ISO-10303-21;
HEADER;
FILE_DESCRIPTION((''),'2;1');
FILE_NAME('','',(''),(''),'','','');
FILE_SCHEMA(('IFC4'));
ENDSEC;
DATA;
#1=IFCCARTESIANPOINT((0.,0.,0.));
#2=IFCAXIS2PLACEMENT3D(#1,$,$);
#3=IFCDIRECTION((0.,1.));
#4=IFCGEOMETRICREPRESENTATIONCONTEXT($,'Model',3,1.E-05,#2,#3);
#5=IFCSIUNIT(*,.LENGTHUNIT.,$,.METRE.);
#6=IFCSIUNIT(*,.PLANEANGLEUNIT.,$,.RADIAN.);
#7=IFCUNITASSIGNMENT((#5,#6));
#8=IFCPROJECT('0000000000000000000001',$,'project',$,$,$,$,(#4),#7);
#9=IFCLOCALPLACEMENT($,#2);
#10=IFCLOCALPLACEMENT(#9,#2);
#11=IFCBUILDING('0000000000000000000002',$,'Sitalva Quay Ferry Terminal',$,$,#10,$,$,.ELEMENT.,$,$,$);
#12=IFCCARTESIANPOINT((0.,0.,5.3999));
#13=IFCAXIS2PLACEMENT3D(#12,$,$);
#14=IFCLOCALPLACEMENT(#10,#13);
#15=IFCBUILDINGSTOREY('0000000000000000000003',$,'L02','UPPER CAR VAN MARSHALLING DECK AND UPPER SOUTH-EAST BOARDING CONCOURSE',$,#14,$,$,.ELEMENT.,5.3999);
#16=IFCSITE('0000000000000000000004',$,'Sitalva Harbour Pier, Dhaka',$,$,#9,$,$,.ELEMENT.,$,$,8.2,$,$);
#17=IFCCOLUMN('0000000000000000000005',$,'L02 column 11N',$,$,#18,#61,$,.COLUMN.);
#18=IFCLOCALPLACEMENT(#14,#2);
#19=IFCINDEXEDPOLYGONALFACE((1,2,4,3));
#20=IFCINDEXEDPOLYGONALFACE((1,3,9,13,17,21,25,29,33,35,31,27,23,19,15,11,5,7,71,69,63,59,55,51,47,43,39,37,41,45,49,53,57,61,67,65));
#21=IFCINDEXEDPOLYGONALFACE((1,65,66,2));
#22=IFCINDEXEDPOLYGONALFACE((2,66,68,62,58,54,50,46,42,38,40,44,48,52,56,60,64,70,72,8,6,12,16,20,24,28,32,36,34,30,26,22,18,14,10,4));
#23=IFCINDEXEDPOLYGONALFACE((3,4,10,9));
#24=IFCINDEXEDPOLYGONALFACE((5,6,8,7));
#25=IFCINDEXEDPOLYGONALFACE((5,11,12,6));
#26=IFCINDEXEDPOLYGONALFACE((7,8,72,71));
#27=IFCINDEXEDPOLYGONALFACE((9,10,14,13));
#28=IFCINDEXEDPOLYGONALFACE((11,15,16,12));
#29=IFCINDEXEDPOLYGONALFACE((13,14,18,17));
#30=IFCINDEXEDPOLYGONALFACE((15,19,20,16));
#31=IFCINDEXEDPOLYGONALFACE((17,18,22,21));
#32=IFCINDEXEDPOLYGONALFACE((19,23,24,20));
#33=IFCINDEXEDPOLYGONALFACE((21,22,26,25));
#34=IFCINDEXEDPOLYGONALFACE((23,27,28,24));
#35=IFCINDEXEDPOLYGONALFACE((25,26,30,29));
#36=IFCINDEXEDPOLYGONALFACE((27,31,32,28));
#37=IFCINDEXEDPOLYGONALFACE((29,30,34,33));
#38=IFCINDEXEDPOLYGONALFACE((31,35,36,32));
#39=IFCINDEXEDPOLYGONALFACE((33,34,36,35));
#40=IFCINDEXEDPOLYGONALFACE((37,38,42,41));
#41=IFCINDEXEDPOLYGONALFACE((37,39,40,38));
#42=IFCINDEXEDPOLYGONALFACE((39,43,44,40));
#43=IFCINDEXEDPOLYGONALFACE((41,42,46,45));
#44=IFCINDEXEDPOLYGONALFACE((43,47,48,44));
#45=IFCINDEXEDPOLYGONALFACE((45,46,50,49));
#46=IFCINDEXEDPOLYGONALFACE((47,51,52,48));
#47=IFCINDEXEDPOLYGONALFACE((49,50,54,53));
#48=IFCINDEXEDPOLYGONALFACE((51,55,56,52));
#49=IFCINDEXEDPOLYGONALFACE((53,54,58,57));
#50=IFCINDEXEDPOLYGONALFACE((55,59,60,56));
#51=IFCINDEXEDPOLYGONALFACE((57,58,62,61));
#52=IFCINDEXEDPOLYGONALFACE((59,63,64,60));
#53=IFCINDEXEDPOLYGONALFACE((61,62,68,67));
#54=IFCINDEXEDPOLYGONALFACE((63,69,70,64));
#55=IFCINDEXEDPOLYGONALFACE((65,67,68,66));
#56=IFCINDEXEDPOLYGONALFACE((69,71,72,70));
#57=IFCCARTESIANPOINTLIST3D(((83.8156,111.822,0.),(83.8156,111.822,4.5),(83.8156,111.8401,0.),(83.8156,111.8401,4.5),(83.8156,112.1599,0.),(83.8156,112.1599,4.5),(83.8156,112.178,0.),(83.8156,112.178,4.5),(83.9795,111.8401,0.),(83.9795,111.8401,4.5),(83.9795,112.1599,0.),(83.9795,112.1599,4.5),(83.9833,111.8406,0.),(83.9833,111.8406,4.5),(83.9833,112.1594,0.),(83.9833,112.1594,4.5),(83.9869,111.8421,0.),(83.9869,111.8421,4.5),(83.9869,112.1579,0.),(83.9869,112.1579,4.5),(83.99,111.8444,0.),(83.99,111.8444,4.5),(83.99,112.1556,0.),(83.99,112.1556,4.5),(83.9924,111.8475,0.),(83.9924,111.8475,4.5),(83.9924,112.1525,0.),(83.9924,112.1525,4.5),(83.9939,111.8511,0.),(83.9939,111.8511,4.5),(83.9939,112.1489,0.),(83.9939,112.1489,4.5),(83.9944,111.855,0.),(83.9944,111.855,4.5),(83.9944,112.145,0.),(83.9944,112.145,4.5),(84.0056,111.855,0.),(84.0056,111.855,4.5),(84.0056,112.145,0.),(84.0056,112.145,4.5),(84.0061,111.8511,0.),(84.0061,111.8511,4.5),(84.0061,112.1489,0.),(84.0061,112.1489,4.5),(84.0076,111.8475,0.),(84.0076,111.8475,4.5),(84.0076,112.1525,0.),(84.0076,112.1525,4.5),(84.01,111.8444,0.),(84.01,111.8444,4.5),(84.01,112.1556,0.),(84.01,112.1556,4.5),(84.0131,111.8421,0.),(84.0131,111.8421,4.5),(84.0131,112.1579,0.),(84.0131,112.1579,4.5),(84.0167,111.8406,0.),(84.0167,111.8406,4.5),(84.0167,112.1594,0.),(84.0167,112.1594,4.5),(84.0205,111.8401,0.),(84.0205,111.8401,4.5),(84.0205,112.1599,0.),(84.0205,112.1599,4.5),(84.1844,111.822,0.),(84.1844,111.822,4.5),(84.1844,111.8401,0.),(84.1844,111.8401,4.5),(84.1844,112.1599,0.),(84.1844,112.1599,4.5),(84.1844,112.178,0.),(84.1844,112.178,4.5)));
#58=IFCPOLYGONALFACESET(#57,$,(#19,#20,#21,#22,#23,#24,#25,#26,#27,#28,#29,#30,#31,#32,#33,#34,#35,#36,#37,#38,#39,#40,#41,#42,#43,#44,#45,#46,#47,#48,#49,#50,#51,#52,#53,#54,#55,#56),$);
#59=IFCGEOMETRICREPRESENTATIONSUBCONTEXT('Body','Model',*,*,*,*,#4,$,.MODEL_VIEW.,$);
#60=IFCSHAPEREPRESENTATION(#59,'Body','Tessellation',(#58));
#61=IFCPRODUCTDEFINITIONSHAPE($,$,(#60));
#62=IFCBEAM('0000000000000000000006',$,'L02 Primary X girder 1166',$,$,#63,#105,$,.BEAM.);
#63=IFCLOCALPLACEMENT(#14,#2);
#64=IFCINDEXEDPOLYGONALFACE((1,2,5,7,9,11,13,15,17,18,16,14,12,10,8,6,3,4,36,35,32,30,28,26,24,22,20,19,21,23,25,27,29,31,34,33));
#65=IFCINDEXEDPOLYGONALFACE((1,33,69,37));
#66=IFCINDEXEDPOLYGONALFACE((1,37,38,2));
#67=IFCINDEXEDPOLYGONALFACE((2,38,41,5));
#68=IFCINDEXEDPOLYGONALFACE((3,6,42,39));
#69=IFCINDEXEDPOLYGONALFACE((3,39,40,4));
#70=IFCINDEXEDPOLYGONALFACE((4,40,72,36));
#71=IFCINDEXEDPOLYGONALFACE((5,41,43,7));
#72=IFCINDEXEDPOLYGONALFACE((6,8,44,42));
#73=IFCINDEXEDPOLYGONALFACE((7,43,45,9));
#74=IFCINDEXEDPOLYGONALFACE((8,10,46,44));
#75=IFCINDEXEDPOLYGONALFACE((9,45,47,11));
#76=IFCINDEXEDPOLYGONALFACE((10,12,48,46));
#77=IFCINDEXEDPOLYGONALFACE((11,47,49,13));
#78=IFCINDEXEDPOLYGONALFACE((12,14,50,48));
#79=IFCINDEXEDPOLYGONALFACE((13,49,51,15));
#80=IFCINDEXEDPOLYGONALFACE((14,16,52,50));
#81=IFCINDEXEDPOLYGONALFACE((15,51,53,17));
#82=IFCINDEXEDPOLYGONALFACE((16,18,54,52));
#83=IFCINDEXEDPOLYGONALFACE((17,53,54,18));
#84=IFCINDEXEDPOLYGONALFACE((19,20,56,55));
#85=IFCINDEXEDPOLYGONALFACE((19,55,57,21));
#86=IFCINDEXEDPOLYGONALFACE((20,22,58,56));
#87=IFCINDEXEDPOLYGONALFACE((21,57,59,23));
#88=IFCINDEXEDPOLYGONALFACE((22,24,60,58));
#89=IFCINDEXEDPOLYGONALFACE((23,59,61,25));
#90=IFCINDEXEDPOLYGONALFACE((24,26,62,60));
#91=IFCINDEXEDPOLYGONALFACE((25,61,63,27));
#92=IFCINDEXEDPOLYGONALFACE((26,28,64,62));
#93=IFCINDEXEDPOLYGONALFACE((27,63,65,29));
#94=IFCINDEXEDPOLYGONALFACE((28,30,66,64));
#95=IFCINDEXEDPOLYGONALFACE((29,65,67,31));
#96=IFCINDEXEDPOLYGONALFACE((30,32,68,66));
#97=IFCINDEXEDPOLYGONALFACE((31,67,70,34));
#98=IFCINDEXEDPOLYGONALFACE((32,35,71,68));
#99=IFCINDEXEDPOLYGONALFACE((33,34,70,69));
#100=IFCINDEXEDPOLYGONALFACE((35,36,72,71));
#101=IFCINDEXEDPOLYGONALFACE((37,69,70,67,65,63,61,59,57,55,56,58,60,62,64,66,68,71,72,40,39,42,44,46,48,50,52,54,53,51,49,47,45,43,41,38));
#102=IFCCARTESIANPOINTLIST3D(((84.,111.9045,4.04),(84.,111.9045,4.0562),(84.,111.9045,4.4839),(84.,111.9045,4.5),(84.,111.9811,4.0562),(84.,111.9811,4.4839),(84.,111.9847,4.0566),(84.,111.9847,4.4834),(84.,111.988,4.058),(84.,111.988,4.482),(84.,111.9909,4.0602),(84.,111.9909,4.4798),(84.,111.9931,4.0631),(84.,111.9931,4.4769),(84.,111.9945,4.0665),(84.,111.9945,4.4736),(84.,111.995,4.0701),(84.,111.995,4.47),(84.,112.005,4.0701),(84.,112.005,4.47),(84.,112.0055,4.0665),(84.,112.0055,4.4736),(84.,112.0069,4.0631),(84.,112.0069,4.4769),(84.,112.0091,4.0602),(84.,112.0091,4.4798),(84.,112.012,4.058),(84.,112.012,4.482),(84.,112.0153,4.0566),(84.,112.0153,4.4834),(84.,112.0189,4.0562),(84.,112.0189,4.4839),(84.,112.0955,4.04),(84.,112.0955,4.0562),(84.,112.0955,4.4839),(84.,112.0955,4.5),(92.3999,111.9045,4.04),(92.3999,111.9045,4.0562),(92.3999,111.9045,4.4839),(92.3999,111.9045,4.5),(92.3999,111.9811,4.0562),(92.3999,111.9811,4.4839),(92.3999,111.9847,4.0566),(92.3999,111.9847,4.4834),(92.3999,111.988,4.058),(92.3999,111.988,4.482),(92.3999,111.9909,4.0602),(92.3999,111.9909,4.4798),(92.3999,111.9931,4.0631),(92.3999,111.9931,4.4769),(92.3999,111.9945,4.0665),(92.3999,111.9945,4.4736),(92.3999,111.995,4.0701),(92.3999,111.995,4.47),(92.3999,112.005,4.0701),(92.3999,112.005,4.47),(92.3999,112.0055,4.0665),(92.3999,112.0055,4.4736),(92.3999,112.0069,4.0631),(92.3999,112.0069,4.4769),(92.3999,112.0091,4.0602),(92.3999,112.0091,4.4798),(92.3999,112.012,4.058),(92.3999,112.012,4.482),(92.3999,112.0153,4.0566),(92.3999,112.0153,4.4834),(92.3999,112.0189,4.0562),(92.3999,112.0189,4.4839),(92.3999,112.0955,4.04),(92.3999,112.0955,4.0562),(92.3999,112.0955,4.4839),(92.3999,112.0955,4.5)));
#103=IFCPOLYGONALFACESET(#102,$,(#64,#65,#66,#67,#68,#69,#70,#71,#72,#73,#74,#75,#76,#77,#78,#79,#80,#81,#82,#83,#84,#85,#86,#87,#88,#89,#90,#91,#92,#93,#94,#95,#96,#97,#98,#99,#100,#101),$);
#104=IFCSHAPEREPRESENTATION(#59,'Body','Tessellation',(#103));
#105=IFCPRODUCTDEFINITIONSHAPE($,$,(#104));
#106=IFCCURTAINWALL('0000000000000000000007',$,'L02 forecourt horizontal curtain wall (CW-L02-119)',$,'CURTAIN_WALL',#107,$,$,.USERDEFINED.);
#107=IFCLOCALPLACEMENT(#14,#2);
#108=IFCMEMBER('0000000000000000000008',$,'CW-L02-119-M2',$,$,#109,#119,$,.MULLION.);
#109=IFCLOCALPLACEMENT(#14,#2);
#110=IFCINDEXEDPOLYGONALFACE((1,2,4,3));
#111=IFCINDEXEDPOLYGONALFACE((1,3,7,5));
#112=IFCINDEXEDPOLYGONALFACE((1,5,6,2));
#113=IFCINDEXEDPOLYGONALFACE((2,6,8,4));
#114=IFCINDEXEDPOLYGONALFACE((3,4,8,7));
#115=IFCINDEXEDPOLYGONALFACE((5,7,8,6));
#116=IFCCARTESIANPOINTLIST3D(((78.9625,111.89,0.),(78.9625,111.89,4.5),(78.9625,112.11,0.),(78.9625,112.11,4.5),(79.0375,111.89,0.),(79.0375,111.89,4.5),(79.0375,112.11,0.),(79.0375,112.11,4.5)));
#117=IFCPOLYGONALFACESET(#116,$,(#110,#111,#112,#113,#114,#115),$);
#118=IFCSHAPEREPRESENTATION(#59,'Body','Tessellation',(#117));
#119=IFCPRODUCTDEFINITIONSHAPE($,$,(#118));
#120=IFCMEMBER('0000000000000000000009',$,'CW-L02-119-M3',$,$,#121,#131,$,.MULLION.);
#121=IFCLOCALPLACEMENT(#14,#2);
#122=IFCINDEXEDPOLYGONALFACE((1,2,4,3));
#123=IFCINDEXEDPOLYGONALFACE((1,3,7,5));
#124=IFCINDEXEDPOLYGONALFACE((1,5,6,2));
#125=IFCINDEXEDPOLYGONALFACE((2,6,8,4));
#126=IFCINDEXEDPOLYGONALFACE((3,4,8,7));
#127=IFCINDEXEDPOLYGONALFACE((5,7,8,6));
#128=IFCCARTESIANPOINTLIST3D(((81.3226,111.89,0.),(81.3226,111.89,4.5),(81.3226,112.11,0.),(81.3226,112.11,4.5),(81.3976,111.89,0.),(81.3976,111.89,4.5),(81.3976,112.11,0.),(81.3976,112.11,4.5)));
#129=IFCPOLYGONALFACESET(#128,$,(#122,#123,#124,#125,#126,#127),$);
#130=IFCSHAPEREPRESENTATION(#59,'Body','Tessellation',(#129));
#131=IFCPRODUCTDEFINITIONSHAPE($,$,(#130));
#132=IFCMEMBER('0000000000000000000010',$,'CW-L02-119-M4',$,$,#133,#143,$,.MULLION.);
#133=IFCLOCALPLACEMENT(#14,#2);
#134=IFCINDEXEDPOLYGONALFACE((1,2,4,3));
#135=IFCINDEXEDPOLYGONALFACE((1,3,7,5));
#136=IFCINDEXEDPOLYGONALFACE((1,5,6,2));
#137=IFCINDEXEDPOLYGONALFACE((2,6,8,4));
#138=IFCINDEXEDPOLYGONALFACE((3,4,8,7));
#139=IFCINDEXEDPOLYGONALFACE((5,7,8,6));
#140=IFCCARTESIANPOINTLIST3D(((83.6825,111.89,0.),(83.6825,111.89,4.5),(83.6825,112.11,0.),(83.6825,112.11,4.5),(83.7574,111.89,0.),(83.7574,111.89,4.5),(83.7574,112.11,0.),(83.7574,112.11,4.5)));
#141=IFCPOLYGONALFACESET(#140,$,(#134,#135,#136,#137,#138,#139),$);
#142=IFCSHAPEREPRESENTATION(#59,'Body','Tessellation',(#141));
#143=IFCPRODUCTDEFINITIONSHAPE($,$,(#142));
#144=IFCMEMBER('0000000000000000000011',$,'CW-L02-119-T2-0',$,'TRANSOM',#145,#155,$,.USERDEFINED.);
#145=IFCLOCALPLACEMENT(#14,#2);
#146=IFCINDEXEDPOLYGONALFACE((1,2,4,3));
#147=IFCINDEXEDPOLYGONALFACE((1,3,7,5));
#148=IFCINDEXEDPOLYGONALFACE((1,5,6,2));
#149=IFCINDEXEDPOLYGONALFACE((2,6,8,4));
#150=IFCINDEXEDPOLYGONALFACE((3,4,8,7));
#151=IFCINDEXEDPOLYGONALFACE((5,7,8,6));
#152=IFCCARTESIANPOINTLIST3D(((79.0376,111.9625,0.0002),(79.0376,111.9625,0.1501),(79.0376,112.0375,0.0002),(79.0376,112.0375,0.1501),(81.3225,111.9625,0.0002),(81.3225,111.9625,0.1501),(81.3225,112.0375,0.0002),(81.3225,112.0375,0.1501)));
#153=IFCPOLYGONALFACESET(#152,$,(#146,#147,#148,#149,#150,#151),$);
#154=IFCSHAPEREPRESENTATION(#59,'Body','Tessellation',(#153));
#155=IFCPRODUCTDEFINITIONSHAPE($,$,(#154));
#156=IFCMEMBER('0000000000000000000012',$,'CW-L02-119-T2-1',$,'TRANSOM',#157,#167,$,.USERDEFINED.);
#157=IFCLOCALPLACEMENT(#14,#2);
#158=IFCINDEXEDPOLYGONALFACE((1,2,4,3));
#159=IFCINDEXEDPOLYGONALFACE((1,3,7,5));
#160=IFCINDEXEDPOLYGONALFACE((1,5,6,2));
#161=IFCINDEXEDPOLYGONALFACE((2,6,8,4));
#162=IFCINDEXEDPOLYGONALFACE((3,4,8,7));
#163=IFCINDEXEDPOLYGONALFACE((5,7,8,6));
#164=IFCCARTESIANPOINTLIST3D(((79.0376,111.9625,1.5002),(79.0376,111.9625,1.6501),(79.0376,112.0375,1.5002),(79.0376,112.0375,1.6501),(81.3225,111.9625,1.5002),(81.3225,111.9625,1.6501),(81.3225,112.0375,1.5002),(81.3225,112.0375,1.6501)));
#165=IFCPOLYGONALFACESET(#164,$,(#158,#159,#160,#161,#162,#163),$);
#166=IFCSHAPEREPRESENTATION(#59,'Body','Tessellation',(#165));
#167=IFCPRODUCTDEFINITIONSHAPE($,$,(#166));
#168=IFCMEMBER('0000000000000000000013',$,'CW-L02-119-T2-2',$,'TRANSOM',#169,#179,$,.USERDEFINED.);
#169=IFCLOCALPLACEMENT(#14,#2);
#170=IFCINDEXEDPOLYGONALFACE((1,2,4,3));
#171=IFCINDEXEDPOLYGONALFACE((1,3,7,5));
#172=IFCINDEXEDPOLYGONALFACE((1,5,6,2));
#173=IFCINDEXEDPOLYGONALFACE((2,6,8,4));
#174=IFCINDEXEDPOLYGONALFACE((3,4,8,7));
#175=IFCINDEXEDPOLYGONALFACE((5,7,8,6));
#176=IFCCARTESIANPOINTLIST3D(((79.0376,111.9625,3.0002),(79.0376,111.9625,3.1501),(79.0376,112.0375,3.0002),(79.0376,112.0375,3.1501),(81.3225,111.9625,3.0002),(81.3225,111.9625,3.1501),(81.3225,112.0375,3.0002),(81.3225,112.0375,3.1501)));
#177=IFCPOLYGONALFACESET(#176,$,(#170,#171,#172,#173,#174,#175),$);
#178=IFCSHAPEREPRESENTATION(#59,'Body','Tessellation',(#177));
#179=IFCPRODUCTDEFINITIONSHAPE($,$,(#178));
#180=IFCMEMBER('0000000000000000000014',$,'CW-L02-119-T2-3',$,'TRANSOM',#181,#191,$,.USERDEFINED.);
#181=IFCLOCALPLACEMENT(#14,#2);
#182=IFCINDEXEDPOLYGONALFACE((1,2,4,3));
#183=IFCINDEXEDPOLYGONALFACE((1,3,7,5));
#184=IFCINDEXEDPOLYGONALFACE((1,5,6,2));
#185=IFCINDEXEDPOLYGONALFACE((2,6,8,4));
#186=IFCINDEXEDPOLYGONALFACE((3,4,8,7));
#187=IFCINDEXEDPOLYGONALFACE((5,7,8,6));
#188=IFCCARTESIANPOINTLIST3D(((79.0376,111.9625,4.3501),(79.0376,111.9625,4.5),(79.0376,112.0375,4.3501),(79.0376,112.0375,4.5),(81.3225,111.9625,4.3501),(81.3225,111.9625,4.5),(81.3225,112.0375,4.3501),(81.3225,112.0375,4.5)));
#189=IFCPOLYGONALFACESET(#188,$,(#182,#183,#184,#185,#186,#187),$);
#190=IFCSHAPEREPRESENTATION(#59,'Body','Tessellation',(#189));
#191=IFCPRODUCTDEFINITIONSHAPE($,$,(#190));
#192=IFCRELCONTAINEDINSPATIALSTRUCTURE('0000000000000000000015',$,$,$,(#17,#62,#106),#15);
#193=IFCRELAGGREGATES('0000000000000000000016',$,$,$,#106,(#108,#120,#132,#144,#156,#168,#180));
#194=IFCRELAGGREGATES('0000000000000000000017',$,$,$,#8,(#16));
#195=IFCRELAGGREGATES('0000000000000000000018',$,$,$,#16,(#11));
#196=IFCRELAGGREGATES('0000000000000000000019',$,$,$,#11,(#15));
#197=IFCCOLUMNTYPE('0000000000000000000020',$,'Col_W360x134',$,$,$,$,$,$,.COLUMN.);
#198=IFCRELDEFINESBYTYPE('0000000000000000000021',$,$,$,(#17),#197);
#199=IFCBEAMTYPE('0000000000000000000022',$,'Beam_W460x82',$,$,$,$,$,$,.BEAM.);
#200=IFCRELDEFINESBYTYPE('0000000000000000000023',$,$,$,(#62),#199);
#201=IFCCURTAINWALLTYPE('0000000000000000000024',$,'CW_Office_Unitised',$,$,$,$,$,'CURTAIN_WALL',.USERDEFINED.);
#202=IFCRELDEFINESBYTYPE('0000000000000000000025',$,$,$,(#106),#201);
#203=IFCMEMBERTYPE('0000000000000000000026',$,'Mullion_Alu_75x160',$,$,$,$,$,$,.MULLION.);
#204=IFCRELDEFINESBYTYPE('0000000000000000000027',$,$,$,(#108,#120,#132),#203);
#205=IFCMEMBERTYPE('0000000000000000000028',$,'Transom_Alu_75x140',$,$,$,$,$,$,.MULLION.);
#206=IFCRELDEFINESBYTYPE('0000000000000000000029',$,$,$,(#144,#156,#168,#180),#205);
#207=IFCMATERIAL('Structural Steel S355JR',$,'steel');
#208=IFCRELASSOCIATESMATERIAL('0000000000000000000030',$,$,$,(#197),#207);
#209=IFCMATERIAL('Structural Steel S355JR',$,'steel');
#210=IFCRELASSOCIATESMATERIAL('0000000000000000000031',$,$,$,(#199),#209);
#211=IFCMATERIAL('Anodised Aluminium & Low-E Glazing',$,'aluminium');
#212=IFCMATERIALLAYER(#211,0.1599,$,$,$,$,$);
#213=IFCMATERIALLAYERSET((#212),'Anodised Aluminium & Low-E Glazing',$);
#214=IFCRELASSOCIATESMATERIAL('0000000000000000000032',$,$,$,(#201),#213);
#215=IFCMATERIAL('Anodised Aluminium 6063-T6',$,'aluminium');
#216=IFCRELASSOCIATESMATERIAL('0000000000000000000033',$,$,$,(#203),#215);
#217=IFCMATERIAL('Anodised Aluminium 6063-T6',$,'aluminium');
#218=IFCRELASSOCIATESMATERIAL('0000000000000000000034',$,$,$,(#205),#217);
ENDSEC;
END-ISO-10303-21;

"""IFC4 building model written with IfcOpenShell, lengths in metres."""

from ifc_helpers import new_model, si_unit, direction, frame, origin, origin_2d, place, context, subcontext, project, spatial, rectangle, i_section, extrude, material, layer, layer_set, material_profile, profile_set, type_object, element, aggregate, save


model = new_model("IFC4")

# Units and contexts
model_context = context("Model", 3, precision=1e-05, world=origin(), true_north=direction((0.0, 1.0)))
body_context = subcontext(model_context, "Body", "Model", "MODEL_VIEW")
ifc_project = project(units=[si_unit("LENGTHUNIT", "METRE"), si_unit("PLANEANGLEUNIT", "RADIAN")], contexts=[model_context])

# Site, building, storey
site_placement = place(None, origin())
site = spatial("IfcSite", under=ifc_project, at=site_placement, Name="Sitalva Harbour Pier, Dhaka", CompositionType="ELEMENT", RefElevation=8.2)
building_placement = place(site_placement, origin())
building = spatial("IfcBuilding", under=site, at=building_placement, Name="Sitalva Quay Ferry Terminal", CompositionType="ELEMENT")
storey_placement = place(building_placement, frame((0.0, 0.0, 5.3999)))
storey = spatial("IfcBuildingStorey", under=building, at=storey_placement, Name="L02", Description="UPPER CAR VAN MARSHALLING DECK AND UPPER SOUTH-EAST BOARDING CONCOURSE", CompositionType="ELEMENT", Elevation=5.3999)

# Column
ifc_material_1 = material(Name="Structural Steel S355JR", Category="steel")
ifc_material_profile_1 = material_profile(ifc_material_1, i_section(OverallWidth=0.3689, OverallDepth=0.356, WebThickness=0.0112, FlangeThickness=0.0181, FilletRadius=0.0149, at=origin_2d()), Name="W360x134")
ifc_profile_set_1 = profile_set([ifc_material_profile_1], Name="Structural Steel S355JR")
column_type = type_object("IfcColumnType", Name="Col_W360x134", PredefinedType="COLUMN", material=ifc_profile_set_1)
column_placement = place(storey_placement, frame((84.0, 112.0, 0.0), z_axis=(0.0, 0.0, 1.0), x_axis=(1.0, 0.0, 0.0)))
element("IfcColumn", 1, at=column_placement, inside=storey, type_object=column_type, Name="L02 column 11N", PredefinedType="COLUMN", context=body_context, shape_type="SweptSolid", body=[
    extrude(i_section(OverallWidth=0.3689, OverallDepth=0.356, WebThickness=0.0112, FlangeThickness=0.0181, FilletRadius=0.0149, at=origin_2d()), origin(), (0.0, 0.0, 1.0), 4.5),
])

# Beam
ifc_material_2 = material(Name="Structural Steel S355JR", Category="steel")
ifc_material_profile_2 = material_profile(ifc_material_2, i_section(OverallWidth=0.1909, OverallDepth=0.46, WebThickness=0.01, FlangeThickness=0.0161, FilletRadius=0.0139, at=origin_2d()), Name="W460x82")
ifc_profile_set_2 = profile_set([ifc_material_profile_2], Name="Structural Steel S355JR")
beam_type = type_object("IfcBeamType", Name="Beam_W460x82", PredefinedType="BEAM", material=ifc_profile_set_2)
beam_placement = place(storey_placement, frame((84.0, 112.0, 4.27), z_axis=(1.0, 0.0, 0.0), x_axis=(0.0, 1.0, 0.0)))
element("IfcBeam", 2, at=beam_placement, inside=storey, type_object=beam_type, Name="L02 Primary X girder 1166", PredefinedType="BEAM", context=body_context, shape_type="SweptSolid", body=[
    extrude(i_section(OverallWidth=0.1909, OverallDepth=0.46, WebThickness=0.01, FlangeThickness=0.0161, FilletRadius=0.0139, at=origin_2d()), origin(), (0.0, 0.0, 1.0), 8.3999),
])

# Curtain wall, members
ifc_material_3 = material(Name="Anodised Aluminium & Low-E Glazing", Category="aluminium")
ifc_layer_1 = layer(ifc_material_3, 0.1599)
ifc_layer_set_1 = layer_set([ifc_layer_1], Name="Anodised Aluminium & Low-E Glazing")
curtain_wall_type = type_object("IfcCurtainWallType", Name="CW_Office_Unitised", ElementType="CURTAIN_WALL", PredefinedType="USERDEFINED", material=ifc_layer_set_1)
curtain_wall_placement = place(storey_placement, origin())
curtain_wall = element("IfcCurtainWall", 3, at=curtain_wall_placement, inside=storey, type_object=curtain_wall_type, Name="L02 forecourt horizontal curtain wall (CW-L02-119)", ObjectType="CURTAIN_WALL", PredefinedType="USERDEFINED")
ifc_material_4 = material(Name="Anodised Aluminium 6063-T6", Category="aluminium")
ifc_material_profile_3 = material_profile(ifc_material_4, rectangle(XDim=0.075, YDim=0.22, at=origin_2d()), Name="ALU75x220")
ifc_profile_set_3 = profile_set([ifc_material_profile_3], Name="Anodised Aluminium 6063-T6")
member_type_1 = type_object("IfcMemberType", Name="Mullion_Alu_75x160", PredefinedType="MULLION", material=ifc_profile_set_3)
member_1_placement = place(storey_placement, frame((79.0, 112.0, 0.0), z_axis=(0.0, 0.0, 1.0), x_axis=(1.0, 0.0, 0.0)))
member_1 = element("IfcMember", 4, at=member_1_placement, type_object=member_type_1, Name="CW-L02-119-M2", PredefinedType="MULLION", context=body_context, shape_type="SweptSolid", body=[
    extrude(rectangle(XDim=0.075, YDim=0.22, at=origin_2d()), origin(), (0.0, 0.0, 1.0), 4.5),
])
member_2_placement = place(storey_placement, frame((81.3601, 112.0, 0.0), z_axis=(0.0, 0.0, 1.0), x_axis=(1.0, 0.0, 0.0)))
member_2 = element("IfcMember", 5, at=member_2_placement, type_object=member_type_1, Name="CW-L02-119-M3", PredefinedType="MULLION", context=body_context, shape_type="SweptSolid", body=[
    extrude(rectangle(XDim=0.075, YDim=0.22, at=origin_2d()), origin(), (0.0, 0.0, 1.0), 4.5),
])
member_3_placement = place(storey_placement, frame((83.72, 112.0, 0.0), z_axis=(0.0, 0.0, 1.0), x_axis=(1.0, 0.0, 0.0)))
member_3 = element("IfcMember", 6, at=member_3_placement, type_object=member_type_1, Name="CW-L02-119-M4", PredefinedType="MULLION", context=body_context, shape_type="SweptSolid", body=[
    extrude(rectangle(XDim=0.075, YDim=0.22, at=origin_2d()), origin(), (0.0, 0.0, 1.0), 4.5),
])
ifc_material_5 = material(Name="Anodised Aluminium 6063-T6", Category="aluminium")
ifc_material_profile_4 = material_profile(ifc_material_5, rectangle(XDim=0.075, YDim=0.1499, at=origin_2d()), Name="ALU75x150")
ifc_profile_set_4 = profile_set([ifc_material_profile_4], Name="Anodised Aluminium 6063-T6")
member_type_2 = type_object("IfcMemberType", Name="Transom_Alu_75x140", PredefinedType="MULLION", material=ifc_profile_set_4)
member_4_placement = place(storey_placement, frame((79.0376, 112.0, 0.0752), z_axis=(1.0, 0.0, 0.0), x_axis=(0.0, 1.0, 0.0)))
member_4 = element("IfcMember", 7, at=member_4_placement, type_object=member_type_2, Name="CW-L02-119-T2-0", ObjectType="TRANSOM", PredefinedType="USERDEFINED", context=body_context, shape_type="SweptSolid", body=[
    extrude(rectangle(XDim=0.075, YDim=0.1499, at=origin_2d()), origin(), (0.0, 0.0, 1.0), 2.2849),
])
member_5_placement = place(storey_placement, frame((79.0376, 112.0, 1.5752), z_axis=(1.0, 0.0, 0.0), x_axis=(0.0, 1.0, 0.0)))
member_5 = element("IfcMember", 8, at=member_5_placement, type_object=member_type_2, Name="CW-L02-119-T2-1", ObjectType="TRANSOM", PredefinedType="USERDEFINED", context=body_context, shape_type="SweptSolid", body=[
    extrude(rectangle(XDim=0.075, YDim=0.1499, at=origin_2d()), origin(), (0.0, 0.0, 1.0), 2.2849),
])
member_6_placement = place(storey_placement, frame((79.0376, 112.0, 3.0752), z_axis=(1.0, 0.0, 0.0), x_axis=(0.0, 1.0, 0.0)))
member_6 = element("IfcMember", 9, at=member_6_placement, type_object=member_type_2, Name="CW-L02-119-T2-2", ObjectType="TRANSOM", PredefinedType="USERDEFINED", context=body_context, shape_type="SweptSolid", body=[
    extrude(rectangle(XDim=0.075, YDim=0.1499, at=origin_2d()), origin(), (0.0, 0.0, 1.0), 2.2849),
])
member_7_placement = place(storey_placement, frame((79.0376, 112.0, 4.425), z_axis=(1.0, 0.0, 0.0), x_axis=(0.0, 1.0, 0.0)))
member_7 = element("IfcMember", 10, at=member_7_placement, type_object=member_type_2, Name="CW-L02-119-T2-3", ObjectType="TRANSOM", PredefinedType="USERDEFINED", context=body_context, shape_type="SweptSolid", body=[
    extrude(rectangle(XDim=0.075, YDim=0.1499, at=origin_2d()), origin(), (0.0, 0.0, 1.0), 2.2849),
])
aggregate(curtain_wall, [member_1, member_2, member_3, member_4, member_5, member_6, member_7])

save(model, "model.ifc")
